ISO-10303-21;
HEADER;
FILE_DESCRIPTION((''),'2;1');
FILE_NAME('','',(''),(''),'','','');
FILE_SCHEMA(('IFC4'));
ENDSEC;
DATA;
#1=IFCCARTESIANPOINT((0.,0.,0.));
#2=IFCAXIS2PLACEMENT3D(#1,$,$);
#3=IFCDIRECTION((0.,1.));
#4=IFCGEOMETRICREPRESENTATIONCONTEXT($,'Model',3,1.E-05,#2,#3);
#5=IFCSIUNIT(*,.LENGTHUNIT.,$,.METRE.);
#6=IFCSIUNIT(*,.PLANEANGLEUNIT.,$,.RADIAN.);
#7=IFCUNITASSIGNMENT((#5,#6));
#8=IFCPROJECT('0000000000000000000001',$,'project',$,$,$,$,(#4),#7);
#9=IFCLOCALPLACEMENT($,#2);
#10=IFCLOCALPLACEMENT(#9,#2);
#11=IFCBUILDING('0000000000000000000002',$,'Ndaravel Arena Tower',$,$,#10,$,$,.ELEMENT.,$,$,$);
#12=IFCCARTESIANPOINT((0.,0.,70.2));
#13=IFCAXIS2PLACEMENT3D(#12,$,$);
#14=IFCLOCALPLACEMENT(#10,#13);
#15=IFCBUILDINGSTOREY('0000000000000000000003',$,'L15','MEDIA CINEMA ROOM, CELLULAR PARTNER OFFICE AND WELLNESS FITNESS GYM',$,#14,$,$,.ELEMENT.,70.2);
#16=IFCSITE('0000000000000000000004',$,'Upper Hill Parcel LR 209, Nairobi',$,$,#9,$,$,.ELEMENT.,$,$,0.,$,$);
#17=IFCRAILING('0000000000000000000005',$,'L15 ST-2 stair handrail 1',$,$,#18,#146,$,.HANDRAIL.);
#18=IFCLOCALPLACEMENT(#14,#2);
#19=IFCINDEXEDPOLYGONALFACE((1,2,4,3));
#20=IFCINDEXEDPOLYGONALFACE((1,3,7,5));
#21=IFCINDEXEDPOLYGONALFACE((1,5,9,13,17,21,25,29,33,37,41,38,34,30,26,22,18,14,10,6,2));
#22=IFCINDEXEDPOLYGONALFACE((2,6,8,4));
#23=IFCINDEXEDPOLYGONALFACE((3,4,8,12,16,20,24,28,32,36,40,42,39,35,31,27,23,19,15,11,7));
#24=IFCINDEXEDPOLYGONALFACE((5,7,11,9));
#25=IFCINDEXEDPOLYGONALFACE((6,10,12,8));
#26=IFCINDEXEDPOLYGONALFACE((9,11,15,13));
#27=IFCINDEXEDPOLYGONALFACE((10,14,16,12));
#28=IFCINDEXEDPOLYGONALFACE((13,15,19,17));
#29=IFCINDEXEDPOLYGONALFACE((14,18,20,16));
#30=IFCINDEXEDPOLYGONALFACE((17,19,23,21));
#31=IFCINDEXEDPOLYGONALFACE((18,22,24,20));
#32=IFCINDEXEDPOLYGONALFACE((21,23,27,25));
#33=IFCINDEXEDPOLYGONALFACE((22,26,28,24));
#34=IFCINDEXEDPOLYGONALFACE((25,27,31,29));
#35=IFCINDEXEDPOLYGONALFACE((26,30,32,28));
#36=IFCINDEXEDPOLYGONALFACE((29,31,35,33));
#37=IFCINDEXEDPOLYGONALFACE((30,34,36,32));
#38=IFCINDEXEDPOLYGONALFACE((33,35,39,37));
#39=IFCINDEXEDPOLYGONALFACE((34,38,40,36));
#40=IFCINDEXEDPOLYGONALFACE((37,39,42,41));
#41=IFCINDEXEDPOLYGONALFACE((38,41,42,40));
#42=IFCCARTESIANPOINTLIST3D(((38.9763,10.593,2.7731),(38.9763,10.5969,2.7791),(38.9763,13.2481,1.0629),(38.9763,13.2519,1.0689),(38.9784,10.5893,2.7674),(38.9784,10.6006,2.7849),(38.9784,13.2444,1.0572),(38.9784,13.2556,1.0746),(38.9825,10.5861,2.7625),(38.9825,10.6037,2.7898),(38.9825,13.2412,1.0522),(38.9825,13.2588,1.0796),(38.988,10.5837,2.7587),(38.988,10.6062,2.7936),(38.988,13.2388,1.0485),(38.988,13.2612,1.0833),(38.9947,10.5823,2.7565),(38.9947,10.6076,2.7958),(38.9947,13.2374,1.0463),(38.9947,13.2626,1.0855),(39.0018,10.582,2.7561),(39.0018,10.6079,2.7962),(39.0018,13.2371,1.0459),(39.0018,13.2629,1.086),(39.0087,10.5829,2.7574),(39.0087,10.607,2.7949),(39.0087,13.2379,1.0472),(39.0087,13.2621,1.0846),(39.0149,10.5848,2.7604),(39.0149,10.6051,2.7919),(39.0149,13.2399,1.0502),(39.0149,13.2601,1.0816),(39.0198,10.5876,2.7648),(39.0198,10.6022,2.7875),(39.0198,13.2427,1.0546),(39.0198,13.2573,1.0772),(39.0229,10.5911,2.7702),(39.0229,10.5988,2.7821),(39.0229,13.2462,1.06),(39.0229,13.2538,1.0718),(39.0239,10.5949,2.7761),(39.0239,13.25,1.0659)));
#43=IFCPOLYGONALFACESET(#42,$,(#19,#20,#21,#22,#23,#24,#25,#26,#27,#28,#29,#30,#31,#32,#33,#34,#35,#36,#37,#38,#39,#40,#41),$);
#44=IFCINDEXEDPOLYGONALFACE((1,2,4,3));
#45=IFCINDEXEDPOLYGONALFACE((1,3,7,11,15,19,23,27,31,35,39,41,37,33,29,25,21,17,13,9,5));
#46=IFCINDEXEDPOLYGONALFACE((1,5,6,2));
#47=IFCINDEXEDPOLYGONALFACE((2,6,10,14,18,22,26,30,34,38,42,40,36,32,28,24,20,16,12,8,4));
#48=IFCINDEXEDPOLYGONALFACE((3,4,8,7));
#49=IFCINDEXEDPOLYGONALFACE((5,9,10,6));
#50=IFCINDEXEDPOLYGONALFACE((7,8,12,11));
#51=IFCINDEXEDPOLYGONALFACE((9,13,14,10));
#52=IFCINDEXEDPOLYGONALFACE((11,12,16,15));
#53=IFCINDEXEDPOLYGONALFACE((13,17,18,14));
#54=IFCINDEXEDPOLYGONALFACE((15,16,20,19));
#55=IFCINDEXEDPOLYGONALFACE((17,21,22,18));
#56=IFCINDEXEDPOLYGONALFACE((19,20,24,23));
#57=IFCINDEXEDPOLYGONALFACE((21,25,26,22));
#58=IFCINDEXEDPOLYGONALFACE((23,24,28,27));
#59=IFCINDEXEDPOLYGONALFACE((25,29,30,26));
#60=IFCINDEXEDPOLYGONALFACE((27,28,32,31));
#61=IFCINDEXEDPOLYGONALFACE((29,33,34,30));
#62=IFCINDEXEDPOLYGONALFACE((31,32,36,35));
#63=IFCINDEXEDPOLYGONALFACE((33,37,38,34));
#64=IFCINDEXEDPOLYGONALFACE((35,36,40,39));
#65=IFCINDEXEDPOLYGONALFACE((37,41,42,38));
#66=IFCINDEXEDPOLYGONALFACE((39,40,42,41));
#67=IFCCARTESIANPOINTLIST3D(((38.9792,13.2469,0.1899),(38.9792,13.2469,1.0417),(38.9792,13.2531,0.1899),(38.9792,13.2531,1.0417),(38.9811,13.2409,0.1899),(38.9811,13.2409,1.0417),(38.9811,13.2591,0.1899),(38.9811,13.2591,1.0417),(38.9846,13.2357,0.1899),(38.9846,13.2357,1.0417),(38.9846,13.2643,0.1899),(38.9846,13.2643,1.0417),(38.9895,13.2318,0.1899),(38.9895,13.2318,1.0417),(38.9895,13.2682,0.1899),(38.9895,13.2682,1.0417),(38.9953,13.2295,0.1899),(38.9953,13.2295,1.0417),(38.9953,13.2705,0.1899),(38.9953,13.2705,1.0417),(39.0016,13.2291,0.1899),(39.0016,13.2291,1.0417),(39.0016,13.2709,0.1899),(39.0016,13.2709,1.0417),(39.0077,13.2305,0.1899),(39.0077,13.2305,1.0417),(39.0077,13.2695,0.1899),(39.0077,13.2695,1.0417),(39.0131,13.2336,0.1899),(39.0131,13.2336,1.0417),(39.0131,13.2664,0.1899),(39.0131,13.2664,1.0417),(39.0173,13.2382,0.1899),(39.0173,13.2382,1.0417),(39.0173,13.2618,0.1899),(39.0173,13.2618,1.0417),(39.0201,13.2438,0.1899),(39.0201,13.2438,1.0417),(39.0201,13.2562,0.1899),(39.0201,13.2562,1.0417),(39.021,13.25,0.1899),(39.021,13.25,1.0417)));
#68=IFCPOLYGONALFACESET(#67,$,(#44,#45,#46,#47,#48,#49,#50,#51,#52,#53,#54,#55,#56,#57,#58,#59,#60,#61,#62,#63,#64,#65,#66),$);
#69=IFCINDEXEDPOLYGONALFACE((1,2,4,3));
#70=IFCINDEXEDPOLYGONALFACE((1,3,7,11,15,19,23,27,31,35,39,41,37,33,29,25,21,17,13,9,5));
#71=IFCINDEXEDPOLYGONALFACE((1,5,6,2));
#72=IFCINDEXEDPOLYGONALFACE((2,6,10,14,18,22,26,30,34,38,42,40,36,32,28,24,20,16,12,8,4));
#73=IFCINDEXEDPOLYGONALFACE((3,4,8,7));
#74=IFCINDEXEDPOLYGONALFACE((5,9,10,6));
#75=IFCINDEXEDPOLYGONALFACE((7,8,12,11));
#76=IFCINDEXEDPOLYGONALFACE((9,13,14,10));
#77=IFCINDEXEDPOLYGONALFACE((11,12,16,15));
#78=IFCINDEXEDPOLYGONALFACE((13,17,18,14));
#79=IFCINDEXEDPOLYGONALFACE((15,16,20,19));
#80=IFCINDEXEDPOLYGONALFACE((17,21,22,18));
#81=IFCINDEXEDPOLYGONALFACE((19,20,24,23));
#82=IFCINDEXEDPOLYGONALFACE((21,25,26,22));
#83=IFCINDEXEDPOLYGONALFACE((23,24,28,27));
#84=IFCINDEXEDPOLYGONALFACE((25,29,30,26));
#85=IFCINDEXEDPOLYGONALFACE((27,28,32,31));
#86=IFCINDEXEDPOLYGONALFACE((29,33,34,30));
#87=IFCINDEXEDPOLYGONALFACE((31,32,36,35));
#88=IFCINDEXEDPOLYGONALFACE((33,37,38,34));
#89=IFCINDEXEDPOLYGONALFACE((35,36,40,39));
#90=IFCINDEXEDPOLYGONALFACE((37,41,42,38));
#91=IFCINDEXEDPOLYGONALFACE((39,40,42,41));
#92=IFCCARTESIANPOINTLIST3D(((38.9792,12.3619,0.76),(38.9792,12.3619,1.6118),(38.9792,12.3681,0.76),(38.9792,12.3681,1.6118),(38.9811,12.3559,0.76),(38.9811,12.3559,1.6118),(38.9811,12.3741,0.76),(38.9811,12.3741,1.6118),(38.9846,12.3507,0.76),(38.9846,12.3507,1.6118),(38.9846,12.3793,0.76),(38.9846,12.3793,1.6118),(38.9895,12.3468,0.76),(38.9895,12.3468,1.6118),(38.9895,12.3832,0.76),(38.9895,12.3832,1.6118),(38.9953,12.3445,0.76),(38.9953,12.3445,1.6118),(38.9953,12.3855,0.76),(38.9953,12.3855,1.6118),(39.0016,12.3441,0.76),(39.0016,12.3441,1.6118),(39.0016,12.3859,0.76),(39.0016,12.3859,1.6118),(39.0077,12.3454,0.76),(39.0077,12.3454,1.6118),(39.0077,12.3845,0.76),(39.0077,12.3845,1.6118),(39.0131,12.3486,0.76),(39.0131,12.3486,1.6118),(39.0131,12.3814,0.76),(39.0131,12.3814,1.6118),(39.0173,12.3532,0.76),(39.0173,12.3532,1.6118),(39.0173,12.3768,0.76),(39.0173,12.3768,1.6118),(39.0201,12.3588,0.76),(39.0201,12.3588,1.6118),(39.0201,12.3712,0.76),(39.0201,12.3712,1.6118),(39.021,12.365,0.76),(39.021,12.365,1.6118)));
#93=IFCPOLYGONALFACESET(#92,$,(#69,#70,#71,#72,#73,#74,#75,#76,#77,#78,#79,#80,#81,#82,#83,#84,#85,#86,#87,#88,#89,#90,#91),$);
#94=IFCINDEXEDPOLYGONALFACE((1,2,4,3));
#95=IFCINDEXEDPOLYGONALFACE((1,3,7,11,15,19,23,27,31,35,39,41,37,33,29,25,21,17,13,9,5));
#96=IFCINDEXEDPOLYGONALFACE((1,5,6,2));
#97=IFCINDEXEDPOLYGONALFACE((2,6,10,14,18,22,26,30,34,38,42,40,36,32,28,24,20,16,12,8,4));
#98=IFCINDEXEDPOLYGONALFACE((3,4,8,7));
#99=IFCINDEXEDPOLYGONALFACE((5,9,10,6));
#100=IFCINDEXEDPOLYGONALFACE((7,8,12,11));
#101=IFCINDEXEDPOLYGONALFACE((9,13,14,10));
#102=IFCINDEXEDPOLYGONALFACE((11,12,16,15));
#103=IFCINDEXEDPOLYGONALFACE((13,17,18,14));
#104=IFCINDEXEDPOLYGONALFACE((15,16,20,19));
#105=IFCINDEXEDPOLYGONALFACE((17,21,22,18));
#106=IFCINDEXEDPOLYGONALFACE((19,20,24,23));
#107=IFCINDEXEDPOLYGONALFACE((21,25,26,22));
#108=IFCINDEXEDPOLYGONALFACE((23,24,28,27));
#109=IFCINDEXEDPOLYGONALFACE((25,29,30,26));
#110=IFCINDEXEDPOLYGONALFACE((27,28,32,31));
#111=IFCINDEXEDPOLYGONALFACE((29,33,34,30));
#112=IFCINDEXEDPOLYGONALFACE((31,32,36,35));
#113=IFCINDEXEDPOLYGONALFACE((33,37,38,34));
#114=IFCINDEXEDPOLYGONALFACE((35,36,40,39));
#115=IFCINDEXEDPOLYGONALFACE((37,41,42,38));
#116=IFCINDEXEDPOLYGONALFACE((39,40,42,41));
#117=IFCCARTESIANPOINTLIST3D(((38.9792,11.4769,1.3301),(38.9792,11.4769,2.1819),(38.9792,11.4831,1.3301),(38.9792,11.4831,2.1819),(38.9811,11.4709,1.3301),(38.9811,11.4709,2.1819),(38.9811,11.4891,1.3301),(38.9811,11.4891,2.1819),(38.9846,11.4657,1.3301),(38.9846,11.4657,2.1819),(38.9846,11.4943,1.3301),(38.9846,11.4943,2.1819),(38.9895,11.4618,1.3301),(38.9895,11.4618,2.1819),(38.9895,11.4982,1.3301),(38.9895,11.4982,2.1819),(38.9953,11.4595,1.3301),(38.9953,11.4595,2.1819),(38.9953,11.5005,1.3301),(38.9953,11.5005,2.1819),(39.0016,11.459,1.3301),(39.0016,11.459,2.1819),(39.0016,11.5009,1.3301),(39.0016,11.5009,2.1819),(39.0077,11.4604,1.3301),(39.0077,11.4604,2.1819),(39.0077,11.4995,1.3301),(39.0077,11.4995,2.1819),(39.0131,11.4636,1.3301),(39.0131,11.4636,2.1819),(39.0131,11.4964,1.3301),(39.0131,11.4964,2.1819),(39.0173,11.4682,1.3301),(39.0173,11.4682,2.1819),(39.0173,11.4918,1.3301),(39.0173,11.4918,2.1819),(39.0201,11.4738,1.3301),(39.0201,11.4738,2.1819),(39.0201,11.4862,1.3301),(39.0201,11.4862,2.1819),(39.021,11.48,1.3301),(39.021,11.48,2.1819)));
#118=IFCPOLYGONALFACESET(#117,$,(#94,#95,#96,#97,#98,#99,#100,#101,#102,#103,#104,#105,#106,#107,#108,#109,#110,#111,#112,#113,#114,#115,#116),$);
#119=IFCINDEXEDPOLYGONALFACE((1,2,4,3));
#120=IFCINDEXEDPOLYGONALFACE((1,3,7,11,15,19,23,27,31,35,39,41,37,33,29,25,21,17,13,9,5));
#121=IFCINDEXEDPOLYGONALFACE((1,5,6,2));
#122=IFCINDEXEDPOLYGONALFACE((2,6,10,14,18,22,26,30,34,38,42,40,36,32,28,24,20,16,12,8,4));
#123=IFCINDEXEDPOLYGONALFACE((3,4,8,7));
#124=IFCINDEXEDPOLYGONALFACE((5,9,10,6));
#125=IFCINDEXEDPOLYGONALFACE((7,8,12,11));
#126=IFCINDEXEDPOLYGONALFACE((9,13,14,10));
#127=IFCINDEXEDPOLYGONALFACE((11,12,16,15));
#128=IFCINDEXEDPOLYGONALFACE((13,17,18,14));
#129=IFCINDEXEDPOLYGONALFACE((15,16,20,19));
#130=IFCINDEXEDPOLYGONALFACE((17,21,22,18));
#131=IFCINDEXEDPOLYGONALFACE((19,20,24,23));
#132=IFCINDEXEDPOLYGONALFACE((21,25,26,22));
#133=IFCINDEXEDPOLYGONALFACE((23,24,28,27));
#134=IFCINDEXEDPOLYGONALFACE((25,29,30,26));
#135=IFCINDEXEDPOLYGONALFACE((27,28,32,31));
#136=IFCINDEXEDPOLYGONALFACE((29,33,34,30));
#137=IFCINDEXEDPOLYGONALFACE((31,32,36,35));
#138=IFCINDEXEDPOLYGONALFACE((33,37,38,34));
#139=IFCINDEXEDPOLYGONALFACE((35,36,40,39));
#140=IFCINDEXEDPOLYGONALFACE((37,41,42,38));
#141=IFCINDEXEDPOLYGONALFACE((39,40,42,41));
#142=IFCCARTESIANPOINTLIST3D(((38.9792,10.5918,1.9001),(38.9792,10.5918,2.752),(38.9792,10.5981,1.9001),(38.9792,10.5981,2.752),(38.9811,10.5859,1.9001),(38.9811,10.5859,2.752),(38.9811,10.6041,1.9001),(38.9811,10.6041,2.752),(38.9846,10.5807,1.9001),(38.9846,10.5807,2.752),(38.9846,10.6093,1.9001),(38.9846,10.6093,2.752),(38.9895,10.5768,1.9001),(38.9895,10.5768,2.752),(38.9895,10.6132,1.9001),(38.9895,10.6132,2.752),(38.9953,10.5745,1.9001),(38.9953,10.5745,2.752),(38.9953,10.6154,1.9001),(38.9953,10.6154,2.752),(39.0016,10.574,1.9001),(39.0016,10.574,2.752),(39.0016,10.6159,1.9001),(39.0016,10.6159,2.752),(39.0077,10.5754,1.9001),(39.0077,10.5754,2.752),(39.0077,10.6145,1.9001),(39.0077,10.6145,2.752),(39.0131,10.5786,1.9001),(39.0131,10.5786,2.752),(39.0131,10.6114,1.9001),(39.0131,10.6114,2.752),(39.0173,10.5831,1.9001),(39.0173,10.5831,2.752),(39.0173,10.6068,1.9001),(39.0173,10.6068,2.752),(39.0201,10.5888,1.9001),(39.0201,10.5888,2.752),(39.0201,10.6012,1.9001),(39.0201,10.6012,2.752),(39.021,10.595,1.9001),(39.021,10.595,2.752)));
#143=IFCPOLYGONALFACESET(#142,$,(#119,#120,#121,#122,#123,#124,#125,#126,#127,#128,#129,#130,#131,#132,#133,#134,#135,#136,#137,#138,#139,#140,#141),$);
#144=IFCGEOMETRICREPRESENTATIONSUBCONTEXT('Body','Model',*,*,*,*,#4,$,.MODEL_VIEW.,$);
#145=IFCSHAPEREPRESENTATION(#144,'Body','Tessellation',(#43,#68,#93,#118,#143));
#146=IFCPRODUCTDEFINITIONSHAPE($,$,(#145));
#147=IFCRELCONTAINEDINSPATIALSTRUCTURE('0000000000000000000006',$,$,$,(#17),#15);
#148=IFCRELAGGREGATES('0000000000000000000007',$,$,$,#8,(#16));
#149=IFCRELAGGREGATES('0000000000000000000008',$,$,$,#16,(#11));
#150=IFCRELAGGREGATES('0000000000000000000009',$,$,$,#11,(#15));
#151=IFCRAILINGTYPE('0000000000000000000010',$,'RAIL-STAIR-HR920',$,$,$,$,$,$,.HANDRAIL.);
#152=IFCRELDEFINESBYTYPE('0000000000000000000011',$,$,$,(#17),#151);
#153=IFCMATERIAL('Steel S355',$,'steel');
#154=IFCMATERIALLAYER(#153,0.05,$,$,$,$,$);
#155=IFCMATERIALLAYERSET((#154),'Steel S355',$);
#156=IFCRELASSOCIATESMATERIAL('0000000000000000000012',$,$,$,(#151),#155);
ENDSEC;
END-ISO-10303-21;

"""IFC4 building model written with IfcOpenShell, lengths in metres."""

from ifc_helpers import new_model, si_unit, direction, frame, origin, origin_2d, place, context, subcontext, project, spatial, circle, extrude, material, layer, layer_set, type_object, element, save


model = new_model("IFC4")

# Units and contexts
model_context = context("Model", 3, precision=1e-05, world=origin(), true_north=direction((0.0, 1.0)))
body_context = subcontext(model_context, "Body", "Model", "MODEL_VIEW")
ifc_project = project(units=[si_unit("LENGTHUNIT", "METRE"), si_unit("PLANEANGLEUNIT", "RADIAN")], contexts=[model_context])

# Site, building, storey
site_placement = place(None, origin())
site = spatial("IfcSite", under=ifc_project, at=site_placement, Name="Upper Hill Parcel LR 209, Nairobi", CompositionType="ELEMENT", RefElevation=0.0)
building_placement = place(site_placement, origin())
building = spatial("IfcBuilding", under=site, at=building_placement, Name="Ndaravel Arena Tower", CompositionType="ELEMENT")
storey_placement = place(building_placement, frame((0.0, 0.0, 70.2)))
storey = spatial("IfcBuildingStorey", under=building, at=storey_placement, Name="L15", Description="MEDIA CINEMA ROOM, CELLULAR PARTNER OFFICE AND WELLNESS FITNESS GYM", CompositionType="ELEMENT", Elevation=70.2)

# Railing
ifc_material_1 = material(Name="Steel S355", Category="steel")
ifc_layer_1 = layer(ifc_material_1, 0.05)
ifc_layer_set_1 = layer_set([ifc_layer_1], Name="Steel S355")
railing_type_1 = type_object("IfcRailingType", Name="RAIL-STAIR-HR920", PredefinedType="HANDRAIL", material=ifc_layer_set_1)
railing_1_placement = place(storey_placement, frame((39.0, 13.25, 0.1899)))
element("IfcRailing", 1, at=railing_1_placement, inside=storey, type_object=railing_type_1, Name="L15 ST-2 stair handrail 1", PredefinedType="HANDRAIL", context=body_context, shape_type="SweptSolid", body=[
    extrude(circle(Radius=0.0239, at=origin_2d()), frame((0.0, 0.0, 0.876), z_axis=(0.0, -0.840688, 0.541519), x_axis=(1.0, 0.0, 0.0)), (0.0, 0.0, 1.0), 3.1582),
    extrude(circle(Radius=0.021, at=origin_2d()), origin(), (0.0, 0.0, 1.0), 0.8518),
    extrude(circle(Radius=0.021, at=origin_2d()), frame((0.0, -0.885, 0.5701)), (0.0, 0.0, 1.0), 0.8518),
    extrude(circle(Radius=0.021, at=origin_2d()), frame((0.0, -1.77, 1.1401)), (0.0, 0.0, 1.0), 0.8518),
    extrude(circle(Radius=0.021, at=origin_2d()), frame((0.0, -2.655, 1.7102)), (0.0, 0.0, 1.0), 0.8518),
])

save(model, "model.ifc")
